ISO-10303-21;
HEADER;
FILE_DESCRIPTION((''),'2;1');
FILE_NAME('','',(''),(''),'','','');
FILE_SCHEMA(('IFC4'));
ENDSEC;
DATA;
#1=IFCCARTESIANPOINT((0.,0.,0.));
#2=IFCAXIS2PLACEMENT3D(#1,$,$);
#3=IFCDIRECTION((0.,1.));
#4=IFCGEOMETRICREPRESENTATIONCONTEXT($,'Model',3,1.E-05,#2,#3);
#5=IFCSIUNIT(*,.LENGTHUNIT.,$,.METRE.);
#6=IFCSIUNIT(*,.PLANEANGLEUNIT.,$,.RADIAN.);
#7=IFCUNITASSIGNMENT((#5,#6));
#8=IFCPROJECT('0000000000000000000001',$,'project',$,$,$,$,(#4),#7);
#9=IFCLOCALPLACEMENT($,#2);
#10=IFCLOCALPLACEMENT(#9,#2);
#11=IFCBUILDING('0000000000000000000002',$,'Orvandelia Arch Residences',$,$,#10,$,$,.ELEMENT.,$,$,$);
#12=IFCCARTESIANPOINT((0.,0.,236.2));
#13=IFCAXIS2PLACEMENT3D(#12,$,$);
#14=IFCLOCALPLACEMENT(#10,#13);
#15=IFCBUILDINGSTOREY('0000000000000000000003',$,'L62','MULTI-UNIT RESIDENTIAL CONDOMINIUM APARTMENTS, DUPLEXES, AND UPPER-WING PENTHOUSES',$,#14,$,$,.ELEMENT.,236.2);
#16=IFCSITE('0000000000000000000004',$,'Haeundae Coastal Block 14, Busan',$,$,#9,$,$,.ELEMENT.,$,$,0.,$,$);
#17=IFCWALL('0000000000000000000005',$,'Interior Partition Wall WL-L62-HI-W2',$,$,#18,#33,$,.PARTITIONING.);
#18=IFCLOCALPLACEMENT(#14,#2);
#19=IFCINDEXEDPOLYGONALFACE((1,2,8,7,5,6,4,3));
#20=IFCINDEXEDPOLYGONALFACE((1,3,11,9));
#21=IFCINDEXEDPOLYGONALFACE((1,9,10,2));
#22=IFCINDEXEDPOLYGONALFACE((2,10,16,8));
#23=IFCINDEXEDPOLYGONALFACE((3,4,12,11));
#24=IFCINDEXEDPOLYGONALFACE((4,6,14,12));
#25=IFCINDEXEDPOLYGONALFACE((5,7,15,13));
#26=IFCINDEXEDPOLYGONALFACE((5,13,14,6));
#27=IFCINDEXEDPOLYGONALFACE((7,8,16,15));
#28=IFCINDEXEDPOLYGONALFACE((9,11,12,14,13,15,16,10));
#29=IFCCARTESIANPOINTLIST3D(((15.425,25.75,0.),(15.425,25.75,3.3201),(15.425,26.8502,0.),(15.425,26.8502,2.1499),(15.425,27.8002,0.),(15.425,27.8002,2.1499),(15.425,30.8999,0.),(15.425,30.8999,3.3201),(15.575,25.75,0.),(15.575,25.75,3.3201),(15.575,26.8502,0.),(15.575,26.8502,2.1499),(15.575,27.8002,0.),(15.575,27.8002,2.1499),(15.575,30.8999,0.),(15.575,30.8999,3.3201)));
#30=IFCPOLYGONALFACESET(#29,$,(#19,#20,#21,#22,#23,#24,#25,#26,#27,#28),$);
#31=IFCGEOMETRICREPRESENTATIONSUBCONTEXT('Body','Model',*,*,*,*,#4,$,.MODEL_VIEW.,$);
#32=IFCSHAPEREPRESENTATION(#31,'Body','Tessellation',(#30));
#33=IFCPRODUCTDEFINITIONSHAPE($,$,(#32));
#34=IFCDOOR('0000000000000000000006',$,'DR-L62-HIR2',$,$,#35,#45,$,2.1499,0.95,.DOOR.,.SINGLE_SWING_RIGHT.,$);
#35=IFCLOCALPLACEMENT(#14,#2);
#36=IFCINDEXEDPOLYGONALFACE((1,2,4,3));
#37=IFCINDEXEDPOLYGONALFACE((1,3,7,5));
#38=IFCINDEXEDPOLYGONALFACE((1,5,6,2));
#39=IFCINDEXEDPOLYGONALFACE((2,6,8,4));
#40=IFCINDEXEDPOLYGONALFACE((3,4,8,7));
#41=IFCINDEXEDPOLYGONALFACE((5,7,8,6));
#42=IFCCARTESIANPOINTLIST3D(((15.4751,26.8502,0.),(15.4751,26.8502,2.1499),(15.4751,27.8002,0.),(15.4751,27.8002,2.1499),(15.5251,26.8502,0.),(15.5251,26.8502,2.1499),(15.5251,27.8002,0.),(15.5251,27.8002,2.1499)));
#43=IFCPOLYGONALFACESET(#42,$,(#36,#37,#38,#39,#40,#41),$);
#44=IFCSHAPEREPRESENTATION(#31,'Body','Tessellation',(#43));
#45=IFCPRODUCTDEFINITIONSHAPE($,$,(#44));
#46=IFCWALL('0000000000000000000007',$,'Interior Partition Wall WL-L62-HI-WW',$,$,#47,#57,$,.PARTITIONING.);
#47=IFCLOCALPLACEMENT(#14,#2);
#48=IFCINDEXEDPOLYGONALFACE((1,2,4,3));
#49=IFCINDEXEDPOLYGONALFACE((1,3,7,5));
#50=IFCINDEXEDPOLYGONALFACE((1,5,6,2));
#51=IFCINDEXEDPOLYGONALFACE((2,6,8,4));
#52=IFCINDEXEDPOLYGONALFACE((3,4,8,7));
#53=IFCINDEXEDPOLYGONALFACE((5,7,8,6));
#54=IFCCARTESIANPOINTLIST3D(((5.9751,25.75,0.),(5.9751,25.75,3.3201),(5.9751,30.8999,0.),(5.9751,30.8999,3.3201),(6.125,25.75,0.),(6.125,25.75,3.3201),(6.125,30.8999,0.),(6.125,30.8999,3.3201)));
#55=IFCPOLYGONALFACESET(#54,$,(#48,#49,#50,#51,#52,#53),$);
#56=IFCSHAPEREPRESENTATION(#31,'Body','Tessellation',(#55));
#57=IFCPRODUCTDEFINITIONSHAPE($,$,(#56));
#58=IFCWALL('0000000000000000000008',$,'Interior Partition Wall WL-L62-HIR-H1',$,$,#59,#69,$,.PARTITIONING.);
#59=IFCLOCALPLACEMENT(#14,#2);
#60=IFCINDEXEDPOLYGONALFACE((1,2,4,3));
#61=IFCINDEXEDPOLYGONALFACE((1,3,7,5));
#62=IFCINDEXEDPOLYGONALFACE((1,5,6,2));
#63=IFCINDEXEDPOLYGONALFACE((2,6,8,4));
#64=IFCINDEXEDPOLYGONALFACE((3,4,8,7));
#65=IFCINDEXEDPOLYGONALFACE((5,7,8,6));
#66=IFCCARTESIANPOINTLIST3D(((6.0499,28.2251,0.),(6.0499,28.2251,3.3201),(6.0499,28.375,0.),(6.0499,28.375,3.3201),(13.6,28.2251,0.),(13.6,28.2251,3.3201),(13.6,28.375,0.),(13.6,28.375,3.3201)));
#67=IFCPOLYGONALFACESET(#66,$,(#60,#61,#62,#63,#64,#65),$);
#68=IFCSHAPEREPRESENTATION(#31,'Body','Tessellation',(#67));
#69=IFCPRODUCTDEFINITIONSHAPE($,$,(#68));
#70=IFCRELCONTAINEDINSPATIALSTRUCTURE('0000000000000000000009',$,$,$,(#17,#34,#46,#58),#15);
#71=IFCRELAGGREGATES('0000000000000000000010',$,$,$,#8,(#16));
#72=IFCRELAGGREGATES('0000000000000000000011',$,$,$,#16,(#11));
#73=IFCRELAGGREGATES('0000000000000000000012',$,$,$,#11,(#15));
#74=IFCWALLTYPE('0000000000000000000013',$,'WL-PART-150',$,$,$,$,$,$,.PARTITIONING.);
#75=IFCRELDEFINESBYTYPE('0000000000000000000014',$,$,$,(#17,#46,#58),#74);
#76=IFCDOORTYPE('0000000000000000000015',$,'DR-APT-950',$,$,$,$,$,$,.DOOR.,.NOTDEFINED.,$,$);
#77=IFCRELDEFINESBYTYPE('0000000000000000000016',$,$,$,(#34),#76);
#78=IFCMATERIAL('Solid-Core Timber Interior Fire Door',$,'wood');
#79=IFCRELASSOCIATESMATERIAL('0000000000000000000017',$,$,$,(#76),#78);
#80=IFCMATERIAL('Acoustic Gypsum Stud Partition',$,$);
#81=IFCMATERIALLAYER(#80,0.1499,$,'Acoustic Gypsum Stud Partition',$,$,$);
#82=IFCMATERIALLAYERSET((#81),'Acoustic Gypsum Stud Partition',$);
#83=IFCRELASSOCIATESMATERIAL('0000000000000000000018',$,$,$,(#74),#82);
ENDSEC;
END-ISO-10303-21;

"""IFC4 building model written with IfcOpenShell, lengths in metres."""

from ifc_helpers import new_model, si_unit, direction, frame, frame_2d, origin, place, context, subcontext, project, spatial, rectangle, extrude, material, layer, layer_set, type_object, element, fill, save


model = new_model("IFC4")

# Units and contexts
model_context = context("Model", 3, precision=1e-05, world=origin(), true_north=direction((0.0, 1.0)))
body_context = subcontext(model_context, "Body", "Model", "MODEL_VIEW")
ifc_project = project(units=[si_unit("LENGTHUNIT", "METRE"), si_unit("PLANEANGLEUNIT", "RADIAN")], contexts=[model_context])

# Site, building, storey
site_placement = place(None, origin())
site = spatial("IfcSite", under=ifc_project, at=site_placement, Name="Haeundae Coastal Block 14, Busan", CompositionType="ELEMENT", RefElevation=0.0)
building_placement = place(site_placement, origin())
building = spatial("IfcBuilding", under=site, at=building_placement, Name="Orvandelia Arch Residences", CompositionType="ELEMENT")
storey_placement = place(building_placement, frame((0.0, 0.0, 236.2)))
storey = spatial("IfcBuildingStorey", under=building, at=storey_placement, Name="L62", Description="MULTI-UNIT RESIDENTIAL CONDOMINIUM APARTMENTS, DUPLEXES, AND UPPER-WING PENTHOUSES", CompositionType="ELEMENT", Elevation=236.2)

# Shared definitions
ifc_material_1 = material(Name="Solid-Core Timber Interior Fire Door", Category="wood")
door_type_1 = type_object("IfcDoorType", Name="DR-APT-950", OperationType="NOTDEFINED", PredefinedType="DOOR", material=ifc_material_1)

# Shared definitions
ifc_material_2 = material(Name="Acoustic Gypsum Stud Partition")
ifc_layer_1 = layer(ifc_material_2, 0.1499, Name="Acoustic Gypsum Stud Partition")
ifc_layer_set_1 = layer_set([ifc_layer_1], Name="Acoustic Gypsum Stud Partition")
wall_type_1 = type_object("IfcWallType", Name="WL-PART-150", PredefinedType="PARTITIONING", material=ifc_layer_set_1)

# Wall, opening, door
wall_1_placement = place(storey_placement, frame((15.5, 25.75, 0.0), z_axis=(0.0, 0.0, 1.0), x_axis=(0.0, 1.0, 0.0)))
wall_1 = element("IfcWall", 1, at=wall_1_placement, inside=storey, type_object=wall_type_1, Name="Interior Partition Wall WL-L62-HI-W2", PredefinedType="PARTITIONING", context=body_context, shape_type="SweptSolid", body=[
    extrude(rectangle(XDim=5.1499, YDim=0.1499, at=frame_2d((2.575, 0.0))), origin(), (0.0, 0.0, 1.0), 3.3201),
])
opening_1_placement = place(wall_1_placement, frame((1.1001, 0.0, 0.0)))
opening_1 = element("IfcOpeningElement", 2, at=opening_1_placement, cuts=wall_1, PredefinedType="OPENING", context=body_context, shape_type="SweptSolid", body=[
    extrude(rectangle(XDim=0.95, YDim=2.1499, at=frame_2d((0.4751, 1.075))), frame((0.0, 0.085, 0.0), z_axis=(0.0, -1.0, 0.0), x_axis=(1.0, 0.0, 0.0)), (0.0, 0.0, 1.0), 0.1699),
])
door_1_placement = place(opening_1_placement, origin())
door_1 = element("IfcDoor", 3, at=door_1_placement, inside=storey, type_object=door_type_1, Name="DR-L62-HIR2", OperationType="SINGLE_SWING_RIGHT", OverallHeight=2.1499, OverallWidth=0.95, PredefinedType="DOOR", context=body_context, shape_type="SweptSolid", body=[
    extrude(rectangle(XDim=0.95, YDim=2.1499, at=frame_2d((0.4751, 1.075))), frame((0.0, 0.0249, 0.0), z_axis=(0.0, -1.0, 0.0), x_axis=(1.0, 0.0, 0.0)), (0.0, 0.0, 1.0), 0.05),
])
fill(opening_1, door_1)

# Walls
wall_2_placement = place(storey_placement, frame((6.05, 25.75, 0.0), z_axis=(0.0, 0.0, 1.0), x_axis=(0.0, 1.0, 0.0)))
element("IfcWall", 4, at=wall_2_placement, inside=storey, type_object=wall_type_1, Name="Interior Partition Wall WL-L62-HI-WW", PredefinedType="PARTITIONING", context=body_context, shape_type="SweptSolid", body=[
    extrude(rectangle(XDim=5.1499, YDim=0.1499, at=frame_2d((2.575, 0.0))), origin(), (0.0, 0.0, 1.0), 3.3201),
])
wall_3_placement = place(storey_placement, frame((6.05, 28.3, 0.0), z_axis=(0.0, 0.0, 1.0), x_axis=(1.0, 0.0, 0.0)))
element("IfcWall", 5, at=wall_3_placement, inside=storey, type_object=wall_type_1, Name="Interior Partition Wall WL-L62-HIR-H1", PredefinedType="PARTITIONING", context=body_context, shape_type="SweptSolid", body=[
    extrude(rectangle(XDim=7.55, YDim=0.1499, at=frame_2d((3.7749, 0.0))), origin(), (0.0, 0.0, 1.0), 3.3201),
])

save(model, "model.ifc")
